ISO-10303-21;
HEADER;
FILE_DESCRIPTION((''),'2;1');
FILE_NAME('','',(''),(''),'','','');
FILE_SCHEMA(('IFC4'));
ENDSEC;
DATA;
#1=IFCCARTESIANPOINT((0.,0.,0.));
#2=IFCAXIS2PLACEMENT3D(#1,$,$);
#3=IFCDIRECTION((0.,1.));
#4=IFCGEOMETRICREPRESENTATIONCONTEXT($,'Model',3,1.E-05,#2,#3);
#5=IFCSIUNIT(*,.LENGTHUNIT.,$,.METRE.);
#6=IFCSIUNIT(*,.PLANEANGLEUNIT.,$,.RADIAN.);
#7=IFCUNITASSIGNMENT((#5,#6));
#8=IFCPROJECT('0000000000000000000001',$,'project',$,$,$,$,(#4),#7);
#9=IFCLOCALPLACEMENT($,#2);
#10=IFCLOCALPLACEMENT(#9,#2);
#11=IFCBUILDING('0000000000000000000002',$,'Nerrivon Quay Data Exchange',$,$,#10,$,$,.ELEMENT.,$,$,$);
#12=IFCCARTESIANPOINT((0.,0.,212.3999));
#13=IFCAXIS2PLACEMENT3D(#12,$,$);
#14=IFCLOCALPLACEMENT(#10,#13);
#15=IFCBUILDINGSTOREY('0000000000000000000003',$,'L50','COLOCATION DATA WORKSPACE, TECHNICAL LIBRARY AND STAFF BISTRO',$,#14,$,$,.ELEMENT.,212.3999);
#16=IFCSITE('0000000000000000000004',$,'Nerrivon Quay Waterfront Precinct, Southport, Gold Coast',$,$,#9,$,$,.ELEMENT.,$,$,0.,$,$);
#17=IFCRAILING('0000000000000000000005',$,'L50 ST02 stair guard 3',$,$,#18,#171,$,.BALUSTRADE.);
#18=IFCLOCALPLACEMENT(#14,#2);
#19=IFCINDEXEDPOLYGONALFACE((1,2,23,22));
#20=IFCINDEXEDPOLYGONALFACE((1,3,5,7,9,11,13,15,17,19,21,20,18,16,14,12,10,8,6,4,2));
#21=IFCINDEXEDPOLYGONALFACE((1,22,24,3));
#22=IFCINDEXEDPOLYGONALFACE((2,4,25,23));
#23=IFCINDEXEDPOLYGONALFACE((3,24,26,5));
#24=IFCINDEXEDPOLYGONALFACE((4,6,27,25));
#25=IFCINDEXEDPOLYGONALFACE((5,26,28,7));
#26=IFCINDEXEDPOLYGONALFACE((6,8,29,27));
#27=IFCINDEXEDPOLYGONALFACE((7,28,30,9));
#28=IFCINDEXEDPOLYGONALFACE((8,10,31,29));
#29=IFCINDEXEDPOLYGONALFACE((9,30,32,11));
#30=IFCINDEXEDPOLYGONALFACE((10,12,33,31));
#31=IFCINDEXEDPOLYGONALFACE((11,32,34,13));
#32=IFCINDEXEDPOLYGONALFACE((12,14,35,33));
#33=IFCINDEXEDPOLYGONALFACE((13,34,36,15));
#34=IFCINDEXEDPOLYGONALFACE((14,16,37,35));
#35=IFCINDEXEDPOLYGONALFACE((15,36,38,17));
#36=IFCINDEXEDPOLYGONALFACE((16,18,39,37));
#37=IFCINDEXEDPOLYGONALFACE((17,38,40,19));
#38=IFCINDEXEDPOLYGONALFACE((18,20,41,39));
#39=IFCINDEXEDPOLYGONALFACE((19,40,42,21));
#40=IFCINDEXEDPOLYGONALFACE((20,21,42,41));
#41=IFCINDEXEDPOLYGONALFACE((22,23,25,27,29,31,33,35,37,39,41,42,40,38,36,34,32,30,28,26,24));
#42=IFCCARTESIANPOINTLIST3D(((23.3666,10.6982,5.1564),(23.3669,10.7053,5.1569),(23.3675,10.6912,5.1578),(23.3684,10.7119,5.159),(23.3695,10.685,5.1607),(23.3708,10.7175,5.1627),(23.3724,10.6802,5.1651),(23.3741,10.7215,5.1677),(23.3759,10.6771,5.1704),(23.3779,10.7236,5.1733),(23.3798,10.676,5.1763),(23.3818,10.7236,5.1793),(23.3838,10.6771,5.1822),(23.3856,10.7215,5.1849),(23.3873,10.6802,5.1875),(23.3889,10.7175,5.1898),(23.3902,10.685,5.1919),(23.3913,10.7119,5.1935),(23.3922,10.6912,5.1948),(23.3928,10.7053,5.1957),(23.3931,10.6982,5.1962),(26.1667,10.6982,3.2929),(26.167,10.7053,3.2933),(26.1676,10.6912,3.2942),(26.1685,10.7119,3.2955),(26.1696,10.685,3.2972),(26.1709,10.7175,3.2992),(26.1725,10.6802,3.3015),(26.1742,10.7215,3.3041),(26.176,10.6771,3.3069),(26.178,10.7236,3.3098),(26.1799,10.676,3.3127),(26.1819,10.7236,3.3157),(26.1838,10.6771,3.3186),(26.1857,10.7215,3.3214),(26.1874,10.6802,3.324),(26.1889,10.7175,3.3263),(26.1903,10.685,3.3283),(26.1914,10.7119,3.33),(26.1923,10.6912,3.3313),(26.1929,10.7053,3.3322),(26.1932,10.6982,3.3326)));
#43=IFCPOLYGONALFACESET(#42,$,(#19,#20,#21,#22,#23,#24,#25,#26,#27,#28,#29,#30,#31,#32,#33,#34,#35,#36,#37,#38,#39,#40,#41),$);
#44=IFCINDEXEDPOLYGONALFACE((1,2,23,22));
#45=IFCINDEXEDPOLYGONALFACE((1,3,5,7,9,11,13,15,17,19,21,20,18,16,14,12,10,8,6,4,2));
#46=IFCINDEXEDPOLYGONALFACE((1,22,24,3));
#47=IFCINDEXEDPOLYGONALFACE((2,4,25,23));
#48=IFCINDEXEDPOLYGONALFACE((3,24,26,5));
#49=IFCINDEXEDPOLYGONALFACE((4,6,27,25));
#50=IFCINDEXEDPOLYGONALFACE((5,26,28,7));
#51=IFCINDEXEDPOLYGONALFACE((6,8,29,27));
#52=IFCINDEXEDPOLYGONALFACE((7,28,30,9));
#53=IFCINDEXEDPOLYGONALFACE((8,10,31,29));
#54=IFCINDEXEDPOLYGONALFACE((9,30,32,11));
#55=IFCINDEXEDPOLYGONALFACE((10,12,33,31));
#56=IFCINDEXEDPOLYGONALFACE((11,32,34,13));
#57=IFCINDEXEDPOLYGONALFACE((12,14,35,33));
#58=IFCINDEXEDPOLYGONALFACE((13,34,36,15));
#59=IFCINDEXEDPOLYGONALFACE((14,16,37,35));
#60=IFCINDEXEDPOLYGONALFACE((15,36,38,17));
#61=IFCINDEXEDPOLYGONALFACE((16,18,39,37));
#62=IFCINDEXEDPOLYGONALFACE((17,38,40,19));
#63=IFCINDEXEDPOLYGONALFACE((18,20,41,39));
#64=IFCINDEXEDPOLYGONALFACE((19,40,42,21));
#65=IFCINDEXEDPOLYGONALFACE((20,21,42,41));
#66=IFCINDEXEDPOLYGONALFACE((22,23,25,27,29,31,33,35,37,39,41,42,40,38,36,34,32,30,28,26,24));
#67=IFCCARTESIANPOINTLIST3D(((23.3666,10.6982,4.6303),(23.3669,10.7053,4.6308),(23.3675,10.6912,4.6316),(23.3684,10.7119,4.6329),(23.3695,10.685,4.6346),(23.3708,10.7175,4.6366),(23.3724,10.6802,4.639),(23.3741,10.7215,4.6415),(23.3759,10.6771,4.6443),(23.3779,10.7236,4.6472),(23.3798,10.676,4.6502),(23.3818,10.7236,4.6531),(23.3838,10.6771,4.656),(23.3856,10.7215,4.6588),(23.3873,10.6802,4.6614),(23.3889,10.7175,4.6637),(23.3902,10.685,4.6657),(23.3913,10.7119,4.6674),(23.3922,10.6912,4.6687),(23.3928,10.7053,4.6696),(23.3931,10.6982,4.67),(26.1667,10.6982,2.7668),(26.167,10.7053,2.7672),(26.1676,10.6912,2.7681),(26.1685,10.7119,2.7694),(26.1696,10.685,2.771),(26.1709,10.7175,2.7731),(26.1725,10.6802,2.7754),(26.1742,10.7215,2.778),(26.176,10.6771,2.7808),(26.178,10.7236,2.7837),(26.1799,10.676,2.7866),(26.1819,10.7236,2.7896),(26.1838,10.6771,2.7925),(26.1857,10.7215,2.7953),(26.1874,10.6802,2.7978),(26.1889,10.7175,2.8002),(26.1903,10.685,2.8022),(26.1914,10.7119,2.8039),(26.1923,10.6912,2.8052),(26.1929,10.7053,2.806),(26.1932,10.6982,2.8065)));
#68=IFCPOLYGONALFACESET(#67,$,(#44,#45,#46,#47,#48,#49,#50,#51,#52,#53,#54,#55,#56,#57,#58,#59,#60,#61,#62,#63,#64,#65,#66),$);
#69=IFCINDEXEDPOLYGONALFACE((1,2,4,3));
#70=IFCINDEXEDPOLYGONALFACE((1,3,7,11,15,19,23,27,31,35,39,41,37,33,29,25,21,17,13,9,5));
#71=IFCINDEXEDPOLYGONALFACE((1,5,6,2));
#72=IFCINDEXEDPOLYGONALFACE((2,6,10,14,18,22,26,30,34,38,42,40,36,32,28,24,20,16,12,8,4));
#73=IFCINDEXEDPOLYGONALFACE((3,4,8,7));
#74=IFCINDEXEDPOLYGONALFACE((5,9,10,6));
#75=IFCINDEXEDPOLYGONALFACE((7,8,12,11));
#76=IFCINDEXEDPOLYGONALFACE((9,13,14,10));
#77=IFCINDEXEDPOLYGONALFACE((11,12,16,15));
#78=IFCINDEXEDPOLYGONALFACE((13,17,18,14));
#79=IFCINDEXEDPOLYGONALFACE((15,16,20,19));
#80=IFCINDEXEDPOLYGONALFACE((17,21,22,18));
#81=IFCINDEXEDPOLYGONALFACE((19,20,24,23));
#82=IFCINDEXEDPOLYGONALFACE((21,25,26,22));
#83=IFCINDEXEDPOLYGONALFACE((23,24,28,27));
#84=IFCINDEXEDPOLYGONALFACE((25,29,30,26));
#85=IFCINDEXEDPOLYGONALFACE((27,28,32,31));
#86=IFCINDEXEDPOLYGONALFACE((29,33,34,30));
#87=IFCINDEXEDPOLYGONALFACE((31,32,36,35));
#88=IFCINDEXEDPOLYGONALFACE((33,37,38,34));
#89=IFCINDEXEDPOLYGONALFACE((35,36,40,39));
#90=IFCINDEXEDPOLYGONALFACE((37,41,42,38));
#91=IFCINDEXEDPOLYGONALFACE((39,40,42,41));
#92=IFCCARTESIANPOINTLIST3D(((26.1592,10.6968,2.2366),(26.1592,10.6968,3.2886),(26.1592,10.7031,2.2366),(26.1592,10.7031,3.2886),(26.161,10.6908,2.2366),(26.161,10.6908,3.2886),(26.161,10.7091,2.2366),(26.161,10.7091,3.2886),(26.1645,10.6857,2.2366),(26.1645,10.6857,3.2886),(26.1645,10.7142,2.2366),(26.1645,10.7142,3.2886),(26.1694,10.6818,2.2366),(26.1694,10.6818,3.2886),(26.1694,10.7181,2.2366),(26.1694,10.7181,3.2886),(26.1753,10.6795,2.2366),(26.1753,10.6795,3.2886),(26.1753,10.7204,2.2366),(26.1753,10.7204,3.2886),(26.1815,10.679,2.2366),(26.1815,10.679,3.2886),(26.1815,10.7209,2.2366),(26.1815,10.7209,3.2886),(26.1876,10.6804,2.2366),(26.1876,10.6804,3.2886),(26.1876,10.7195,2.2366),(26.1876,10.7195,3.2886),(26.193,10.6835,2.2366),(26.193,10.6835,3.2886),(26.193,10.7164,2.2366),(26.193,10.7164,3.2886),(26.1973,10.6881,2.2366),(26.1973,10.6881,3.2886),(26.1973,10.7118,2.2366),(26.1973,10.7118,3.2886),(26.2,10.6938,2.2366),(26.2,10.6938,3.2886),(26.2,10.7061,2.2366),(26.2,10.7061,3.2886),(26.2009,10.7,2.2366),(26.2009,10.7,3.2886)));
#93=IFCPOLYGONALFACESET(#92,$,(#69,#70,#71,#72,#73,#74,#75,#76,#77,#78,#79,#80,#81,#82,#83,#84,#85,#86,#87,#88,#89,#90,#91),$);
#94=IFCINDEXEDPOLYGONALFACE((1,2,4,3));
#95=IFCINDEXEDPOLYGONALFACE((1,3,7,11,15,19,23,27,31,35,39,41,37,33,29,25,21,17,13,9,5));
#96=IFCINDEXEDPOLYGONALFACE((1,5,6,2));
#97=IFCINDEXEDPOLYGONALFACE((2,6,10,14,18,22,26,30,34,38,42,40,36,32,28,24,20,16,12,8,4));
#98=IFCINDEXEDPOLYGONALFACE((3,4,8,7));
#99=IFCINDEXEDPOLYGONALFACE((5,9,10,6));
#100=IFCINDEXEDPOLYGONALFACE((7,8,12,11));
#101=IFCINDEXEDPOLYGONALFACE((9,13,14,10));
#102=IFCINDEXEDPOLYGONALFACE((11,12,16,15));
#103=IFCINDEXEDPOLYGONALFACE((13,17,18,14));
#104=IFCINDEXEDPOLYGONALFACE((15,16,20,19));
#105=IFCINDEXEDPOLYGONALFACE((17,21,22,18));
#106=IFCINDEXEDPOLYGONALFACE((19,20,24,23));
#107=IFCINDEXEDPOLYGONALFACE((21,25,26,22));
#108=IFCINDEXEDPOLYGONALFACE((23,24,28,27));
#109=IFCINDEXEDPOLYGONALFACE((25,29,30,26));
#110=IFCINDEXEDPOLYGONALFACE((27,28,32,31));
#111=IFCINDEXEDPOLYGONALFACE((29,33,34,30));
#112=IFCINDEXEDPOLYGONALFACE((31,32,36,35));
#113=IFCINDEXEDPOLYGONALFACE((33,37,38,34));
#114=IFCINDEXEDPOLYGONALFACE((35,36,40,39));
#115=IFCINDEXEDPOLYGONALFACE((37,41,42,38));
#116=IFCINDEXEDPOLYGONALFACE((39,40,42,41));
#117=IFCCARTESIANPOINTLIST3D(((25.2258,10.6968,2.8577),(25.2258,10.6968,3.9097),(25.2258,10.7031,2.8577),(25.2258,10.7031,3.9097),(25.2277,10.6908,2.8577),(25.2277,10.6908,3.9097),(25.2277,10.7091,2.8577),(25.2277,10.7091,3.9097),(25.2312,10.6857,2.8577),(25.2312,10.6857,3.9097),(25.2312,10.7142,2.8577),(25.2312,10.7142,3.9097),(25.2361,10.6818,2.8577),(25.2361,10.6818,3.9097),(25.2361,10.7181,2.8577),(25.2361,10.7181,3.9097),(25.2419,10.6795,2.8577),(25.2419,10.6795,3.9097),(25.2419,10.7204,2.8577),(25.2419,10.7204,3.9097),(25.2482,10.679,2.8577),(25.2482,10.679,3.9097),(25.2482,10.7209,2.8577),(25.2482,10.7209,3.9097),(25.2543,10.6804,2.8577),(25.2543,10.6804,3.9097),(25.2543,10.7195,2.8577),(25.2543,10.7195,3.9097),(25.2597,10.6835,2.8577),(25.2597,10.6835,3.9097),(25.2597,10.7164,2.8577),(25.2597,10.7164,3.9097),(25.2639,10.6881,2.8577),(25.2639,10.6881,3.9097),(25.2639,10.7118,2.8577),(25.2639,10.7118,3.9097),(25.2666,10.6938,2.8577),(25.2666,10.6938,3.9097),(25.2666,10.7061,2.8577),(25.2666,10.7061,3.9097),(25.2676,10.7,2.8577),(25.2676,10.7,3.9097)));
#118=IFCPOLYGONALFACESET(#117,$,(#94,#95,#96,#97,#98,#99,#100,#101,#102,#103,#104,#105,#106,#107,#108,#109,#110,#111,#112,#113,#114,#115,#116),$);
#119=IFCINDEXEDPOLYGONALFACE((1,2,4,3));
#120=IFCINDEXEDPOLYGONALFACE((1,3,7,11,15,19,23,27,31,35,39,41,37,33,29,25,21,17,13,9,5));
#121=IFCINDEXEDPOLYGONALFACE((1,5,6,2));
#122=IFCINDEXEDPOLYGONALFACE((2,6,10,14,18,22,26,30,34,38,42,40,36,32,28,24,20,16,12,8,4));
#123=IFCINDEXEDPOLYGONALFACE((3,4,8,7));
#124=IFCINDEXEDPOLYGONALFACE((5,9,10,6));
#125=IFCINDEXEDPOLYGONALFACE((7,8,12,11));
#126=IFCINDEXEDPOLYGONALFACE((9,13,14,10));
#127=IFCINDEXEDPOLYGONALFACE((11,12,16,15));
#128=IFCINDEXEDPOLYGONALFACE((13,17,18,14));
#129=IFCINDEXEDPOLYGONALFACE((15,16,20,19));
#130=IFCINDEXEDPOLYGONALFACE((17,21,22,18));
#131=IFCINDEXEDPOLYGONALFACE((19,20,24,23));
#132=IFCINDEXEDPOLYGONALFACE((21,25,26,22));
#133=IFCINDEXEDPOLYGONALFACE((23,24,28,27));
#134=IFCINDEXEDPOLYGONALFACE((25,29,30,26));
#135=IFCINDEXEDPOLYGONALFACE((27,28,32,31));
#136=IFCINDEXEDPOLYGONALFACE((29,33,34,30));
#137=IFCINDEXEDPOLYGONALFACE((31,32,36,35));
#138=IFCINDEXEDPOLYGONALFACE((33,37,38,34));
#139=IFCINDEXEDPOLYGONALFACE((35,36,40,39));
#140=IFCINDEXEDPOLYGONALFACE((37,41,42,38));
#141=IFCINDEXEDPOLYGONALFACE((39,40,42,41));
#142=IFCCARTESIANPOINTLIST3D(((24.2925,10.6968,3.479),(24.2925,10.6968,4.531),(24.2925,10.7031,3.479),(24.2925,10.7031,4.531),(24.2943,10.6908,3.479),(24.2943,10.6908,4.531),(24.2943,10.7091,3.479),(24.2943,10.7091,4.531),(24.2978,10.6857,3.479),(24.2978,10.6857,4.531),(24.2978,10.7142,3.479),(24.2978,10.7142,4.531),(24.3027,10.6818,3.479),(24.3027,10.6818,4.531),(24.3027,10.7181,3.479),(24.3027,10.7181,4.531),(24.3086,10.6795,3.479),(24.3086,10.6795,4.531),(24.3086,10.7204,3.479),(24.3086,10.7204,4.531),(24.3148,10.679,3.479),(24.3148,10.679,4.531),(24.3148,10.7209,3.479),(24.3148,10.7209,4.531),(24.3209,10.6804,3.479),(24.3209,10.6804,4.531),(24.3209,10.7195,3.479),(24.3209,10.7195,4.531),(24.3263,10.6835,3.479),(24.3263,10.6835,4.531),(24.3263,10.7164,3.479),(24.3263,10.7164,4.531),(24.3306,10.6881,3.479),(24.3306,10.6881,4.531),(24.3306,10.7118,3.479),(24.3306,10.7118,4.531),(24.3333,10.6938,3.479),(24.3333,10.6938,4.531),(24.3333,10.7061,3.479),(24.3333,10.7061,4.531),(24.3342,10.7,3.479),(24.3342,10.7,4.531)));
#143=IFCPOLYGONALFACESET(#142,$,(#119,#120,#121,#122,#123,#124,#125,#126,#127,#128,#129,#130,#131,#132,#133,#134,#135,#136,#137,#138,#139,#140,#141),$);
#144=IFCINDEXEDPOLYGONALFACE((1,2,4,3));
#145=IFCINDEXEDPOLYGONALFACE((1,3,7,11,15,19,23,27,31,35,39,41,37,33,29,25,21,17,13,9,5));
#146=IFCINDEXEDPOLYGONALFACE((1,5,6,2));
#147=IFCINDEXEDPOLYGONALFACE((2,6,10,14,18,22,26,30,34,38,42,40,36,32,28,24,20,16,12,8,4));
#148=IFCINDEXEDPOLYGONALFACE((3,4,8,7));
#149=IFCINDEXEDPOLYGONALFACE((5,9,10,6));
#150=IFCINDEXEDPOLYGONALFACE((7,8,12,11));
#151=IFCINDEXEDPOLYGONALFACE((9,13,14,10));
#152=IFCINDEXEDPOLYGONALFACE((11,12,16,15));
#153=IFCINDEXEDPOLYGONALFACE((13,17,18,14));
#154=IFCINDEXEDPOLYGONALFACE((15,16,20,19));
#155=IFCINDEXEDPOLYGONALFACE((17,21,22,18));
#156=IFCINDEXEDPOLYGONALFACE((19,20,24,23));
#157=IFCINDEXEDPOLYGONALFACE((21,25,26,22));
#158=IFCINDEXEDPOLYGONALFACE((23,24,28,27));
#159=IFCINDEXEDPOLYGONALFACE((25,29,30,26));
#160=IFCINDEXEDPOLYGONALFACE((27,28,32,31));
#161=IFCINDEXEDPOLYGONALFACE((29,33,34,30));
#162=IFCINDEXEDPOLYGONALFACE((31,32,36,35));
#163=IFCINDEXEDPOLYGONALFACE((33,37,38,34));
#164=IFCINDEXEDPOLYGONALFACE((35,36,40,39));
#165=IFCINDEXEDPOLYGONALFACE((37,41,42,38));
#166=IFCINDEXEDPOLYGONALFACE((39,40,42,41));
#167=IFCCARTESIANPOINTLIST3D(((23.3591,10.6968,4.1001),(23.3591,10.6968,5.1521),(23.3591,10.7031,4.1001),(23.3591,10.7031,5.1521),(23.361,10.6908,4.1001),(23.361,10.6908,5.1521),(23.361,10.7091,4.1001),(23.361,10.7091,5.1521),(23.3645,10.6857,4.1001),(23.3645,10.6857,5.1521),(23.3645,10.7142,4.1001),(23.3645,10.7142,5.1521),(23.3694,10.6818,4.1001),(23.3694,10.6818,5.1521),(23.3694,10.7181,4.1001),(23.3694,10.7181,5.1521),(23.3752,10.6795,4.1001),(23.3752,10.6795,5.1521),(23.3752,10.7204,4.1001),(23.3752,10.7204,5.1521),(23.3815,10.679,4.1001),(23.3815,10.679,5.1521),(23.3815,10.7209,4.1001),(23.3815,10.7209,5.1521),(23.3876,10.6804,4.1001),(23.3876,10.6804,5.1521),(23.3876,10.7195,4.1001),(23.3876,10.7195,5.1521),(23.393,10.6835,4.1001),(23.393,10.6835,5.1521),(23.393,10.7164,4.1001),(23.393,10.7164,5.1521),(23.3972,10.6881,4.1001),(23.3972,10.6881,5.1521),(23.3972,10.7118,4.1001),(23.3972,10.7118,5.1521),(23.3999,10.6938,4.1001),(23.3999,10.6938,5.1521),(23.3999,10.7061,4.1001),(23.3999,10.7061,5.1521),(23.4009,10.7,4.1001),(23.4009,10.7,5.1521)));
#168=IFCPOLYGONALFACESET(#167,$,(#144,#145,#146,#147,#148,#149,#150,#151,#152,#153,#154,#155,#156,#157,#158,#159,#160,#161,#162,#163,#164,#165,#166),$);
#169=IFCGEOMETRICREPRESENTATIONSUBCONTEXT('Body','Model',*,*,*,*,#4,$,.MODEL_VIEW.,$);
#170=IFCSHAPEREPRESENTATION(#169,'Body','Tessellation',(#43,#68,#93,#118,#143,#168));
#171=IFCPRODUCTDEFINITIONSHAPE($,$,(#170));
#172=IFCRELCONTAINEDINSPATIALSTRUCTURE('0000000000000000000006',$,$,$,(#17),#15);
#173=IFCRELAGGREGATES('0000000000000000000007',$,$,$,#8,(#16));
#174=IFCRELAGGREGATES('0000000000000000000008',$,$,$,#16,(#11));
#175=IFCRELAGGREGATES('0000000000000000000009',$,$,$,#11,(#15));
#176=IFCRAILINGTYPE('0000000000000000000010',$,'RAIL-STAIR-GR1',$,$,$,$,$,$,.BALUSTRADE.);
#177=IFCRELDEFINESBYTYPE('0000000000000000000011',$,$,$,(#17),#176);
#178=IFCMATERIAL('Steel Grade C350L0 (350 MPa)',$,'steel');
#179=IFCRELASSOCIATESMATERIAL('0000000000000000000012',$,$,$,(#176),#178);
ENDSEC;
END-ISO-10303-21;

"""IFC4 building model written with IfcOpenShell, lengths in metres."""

from ifc_helpers import new_model, si_unit, direction, frame, origin, origin_2d, place, context, subcontext, project, spatial, circle, extrude, material, type_object, element, save


model = new_model("IFC4")

# Units and contexts
model_context = context("Model", 3, precision=1e-05, world=origin(), true_north=direction((0.0, 1.0)))
body_context = subcontext(model_context, "Body", "Model", "MODEL_VIEW")
ifc_project = project(units=[si_unit("LENGTHUNIT", "METRE"), si_unit("PLANEANGLEUNIT", "RADIAN")], contexts=[model_context])

# Site, building, storey
site_placement = place(None, origin())
site = spatial("IfcSite", under=ifc_project, at=site_placement, Name="Nerrivon Quay Waterfront Precinct, Southport, Gold Coast", CompositionType="ELEMENT", RefElevation=0.0)
building_placement = place(site_placement, origin())
building = spatial("IfcBuilding", under=site, at=building_placement, Name="Nerrivon Quay Data Exchange", CompositionType="ELEMENT")
storey_placement = place(building_placement, frame((0.0, 0.0, 212.3999)))
storey = spatial("IfcBuildingStorey", under=building, at=storey_placement, Name="L50", Description="COLOCATION DATA WORKSPACE, TECHNICAL LIBRARY AND STAFF BISTRO", CompositionType="ELEMENT", Elevation=212.3999)

# Shared definitions
ifc_material_1 = material(Name="Steel Grade C350L0 (350 MPa)", Category="steel")

# Railing
railing_type_1 = type_object("IfcRailingType", Name="RAIL-STAIR-GR1", PredefinedType="BALUSTRADE", material=ifc_material_1)
railing_1_placement = place(storey_placement, frame((26.1799, 10.7, 2.2366)))
element("IfcRailing", 1, at=railing_1_placement, inside=storey, type_object=railing_type_1, Name="L50 ST02 stair guard 3", PredefinedType="BALUSTRADE", context=body_context, shape_type="SweptSolid", body=[
    extrude(circle(Radius=0.0239, at=origin_2d()), frame((0.0, 0.0, 1.0762), z_axis=(-0.832486, 0.0, 0.554047), x_axis=(0.0, -1.0, 0.0)), (0.0, 0.0, 1.0), 3.3635),
    extrude(circle(Radius=0.0239, at=origin_2d()), frame((0.0, 0.0, 0.55), z_axis=(-0.832486, 0.0, 0.554047), x_axis=(0.0, -1.0, 0.0)), (0.0, 0.0, 1.0), 3.3635),
    extrude(circle(Radius=0.021, at=origin_2d()), origin(), (0.0, 0.0, 1.0), 1.052),
    extrude(circle(Radius=0.021, at=origin_2d()), frame((-0.9333, 0.0, 0.6211)), (0.0, 0.0, 1.0), 1.052),
    extrude(circle(Radius=0.021, at=origin_2d()), frame((-1.8667, 0.0, 1.2424)), (0.0, 0.0, 1.0), 1.052),
    extrude(circle(Radius=0.021, at=origin_2d()), frame((-2.8, 0.0, 1.8635)), (0.0, 0.0, 1.0), 1.052),
])

save(model, "model.ifc")
